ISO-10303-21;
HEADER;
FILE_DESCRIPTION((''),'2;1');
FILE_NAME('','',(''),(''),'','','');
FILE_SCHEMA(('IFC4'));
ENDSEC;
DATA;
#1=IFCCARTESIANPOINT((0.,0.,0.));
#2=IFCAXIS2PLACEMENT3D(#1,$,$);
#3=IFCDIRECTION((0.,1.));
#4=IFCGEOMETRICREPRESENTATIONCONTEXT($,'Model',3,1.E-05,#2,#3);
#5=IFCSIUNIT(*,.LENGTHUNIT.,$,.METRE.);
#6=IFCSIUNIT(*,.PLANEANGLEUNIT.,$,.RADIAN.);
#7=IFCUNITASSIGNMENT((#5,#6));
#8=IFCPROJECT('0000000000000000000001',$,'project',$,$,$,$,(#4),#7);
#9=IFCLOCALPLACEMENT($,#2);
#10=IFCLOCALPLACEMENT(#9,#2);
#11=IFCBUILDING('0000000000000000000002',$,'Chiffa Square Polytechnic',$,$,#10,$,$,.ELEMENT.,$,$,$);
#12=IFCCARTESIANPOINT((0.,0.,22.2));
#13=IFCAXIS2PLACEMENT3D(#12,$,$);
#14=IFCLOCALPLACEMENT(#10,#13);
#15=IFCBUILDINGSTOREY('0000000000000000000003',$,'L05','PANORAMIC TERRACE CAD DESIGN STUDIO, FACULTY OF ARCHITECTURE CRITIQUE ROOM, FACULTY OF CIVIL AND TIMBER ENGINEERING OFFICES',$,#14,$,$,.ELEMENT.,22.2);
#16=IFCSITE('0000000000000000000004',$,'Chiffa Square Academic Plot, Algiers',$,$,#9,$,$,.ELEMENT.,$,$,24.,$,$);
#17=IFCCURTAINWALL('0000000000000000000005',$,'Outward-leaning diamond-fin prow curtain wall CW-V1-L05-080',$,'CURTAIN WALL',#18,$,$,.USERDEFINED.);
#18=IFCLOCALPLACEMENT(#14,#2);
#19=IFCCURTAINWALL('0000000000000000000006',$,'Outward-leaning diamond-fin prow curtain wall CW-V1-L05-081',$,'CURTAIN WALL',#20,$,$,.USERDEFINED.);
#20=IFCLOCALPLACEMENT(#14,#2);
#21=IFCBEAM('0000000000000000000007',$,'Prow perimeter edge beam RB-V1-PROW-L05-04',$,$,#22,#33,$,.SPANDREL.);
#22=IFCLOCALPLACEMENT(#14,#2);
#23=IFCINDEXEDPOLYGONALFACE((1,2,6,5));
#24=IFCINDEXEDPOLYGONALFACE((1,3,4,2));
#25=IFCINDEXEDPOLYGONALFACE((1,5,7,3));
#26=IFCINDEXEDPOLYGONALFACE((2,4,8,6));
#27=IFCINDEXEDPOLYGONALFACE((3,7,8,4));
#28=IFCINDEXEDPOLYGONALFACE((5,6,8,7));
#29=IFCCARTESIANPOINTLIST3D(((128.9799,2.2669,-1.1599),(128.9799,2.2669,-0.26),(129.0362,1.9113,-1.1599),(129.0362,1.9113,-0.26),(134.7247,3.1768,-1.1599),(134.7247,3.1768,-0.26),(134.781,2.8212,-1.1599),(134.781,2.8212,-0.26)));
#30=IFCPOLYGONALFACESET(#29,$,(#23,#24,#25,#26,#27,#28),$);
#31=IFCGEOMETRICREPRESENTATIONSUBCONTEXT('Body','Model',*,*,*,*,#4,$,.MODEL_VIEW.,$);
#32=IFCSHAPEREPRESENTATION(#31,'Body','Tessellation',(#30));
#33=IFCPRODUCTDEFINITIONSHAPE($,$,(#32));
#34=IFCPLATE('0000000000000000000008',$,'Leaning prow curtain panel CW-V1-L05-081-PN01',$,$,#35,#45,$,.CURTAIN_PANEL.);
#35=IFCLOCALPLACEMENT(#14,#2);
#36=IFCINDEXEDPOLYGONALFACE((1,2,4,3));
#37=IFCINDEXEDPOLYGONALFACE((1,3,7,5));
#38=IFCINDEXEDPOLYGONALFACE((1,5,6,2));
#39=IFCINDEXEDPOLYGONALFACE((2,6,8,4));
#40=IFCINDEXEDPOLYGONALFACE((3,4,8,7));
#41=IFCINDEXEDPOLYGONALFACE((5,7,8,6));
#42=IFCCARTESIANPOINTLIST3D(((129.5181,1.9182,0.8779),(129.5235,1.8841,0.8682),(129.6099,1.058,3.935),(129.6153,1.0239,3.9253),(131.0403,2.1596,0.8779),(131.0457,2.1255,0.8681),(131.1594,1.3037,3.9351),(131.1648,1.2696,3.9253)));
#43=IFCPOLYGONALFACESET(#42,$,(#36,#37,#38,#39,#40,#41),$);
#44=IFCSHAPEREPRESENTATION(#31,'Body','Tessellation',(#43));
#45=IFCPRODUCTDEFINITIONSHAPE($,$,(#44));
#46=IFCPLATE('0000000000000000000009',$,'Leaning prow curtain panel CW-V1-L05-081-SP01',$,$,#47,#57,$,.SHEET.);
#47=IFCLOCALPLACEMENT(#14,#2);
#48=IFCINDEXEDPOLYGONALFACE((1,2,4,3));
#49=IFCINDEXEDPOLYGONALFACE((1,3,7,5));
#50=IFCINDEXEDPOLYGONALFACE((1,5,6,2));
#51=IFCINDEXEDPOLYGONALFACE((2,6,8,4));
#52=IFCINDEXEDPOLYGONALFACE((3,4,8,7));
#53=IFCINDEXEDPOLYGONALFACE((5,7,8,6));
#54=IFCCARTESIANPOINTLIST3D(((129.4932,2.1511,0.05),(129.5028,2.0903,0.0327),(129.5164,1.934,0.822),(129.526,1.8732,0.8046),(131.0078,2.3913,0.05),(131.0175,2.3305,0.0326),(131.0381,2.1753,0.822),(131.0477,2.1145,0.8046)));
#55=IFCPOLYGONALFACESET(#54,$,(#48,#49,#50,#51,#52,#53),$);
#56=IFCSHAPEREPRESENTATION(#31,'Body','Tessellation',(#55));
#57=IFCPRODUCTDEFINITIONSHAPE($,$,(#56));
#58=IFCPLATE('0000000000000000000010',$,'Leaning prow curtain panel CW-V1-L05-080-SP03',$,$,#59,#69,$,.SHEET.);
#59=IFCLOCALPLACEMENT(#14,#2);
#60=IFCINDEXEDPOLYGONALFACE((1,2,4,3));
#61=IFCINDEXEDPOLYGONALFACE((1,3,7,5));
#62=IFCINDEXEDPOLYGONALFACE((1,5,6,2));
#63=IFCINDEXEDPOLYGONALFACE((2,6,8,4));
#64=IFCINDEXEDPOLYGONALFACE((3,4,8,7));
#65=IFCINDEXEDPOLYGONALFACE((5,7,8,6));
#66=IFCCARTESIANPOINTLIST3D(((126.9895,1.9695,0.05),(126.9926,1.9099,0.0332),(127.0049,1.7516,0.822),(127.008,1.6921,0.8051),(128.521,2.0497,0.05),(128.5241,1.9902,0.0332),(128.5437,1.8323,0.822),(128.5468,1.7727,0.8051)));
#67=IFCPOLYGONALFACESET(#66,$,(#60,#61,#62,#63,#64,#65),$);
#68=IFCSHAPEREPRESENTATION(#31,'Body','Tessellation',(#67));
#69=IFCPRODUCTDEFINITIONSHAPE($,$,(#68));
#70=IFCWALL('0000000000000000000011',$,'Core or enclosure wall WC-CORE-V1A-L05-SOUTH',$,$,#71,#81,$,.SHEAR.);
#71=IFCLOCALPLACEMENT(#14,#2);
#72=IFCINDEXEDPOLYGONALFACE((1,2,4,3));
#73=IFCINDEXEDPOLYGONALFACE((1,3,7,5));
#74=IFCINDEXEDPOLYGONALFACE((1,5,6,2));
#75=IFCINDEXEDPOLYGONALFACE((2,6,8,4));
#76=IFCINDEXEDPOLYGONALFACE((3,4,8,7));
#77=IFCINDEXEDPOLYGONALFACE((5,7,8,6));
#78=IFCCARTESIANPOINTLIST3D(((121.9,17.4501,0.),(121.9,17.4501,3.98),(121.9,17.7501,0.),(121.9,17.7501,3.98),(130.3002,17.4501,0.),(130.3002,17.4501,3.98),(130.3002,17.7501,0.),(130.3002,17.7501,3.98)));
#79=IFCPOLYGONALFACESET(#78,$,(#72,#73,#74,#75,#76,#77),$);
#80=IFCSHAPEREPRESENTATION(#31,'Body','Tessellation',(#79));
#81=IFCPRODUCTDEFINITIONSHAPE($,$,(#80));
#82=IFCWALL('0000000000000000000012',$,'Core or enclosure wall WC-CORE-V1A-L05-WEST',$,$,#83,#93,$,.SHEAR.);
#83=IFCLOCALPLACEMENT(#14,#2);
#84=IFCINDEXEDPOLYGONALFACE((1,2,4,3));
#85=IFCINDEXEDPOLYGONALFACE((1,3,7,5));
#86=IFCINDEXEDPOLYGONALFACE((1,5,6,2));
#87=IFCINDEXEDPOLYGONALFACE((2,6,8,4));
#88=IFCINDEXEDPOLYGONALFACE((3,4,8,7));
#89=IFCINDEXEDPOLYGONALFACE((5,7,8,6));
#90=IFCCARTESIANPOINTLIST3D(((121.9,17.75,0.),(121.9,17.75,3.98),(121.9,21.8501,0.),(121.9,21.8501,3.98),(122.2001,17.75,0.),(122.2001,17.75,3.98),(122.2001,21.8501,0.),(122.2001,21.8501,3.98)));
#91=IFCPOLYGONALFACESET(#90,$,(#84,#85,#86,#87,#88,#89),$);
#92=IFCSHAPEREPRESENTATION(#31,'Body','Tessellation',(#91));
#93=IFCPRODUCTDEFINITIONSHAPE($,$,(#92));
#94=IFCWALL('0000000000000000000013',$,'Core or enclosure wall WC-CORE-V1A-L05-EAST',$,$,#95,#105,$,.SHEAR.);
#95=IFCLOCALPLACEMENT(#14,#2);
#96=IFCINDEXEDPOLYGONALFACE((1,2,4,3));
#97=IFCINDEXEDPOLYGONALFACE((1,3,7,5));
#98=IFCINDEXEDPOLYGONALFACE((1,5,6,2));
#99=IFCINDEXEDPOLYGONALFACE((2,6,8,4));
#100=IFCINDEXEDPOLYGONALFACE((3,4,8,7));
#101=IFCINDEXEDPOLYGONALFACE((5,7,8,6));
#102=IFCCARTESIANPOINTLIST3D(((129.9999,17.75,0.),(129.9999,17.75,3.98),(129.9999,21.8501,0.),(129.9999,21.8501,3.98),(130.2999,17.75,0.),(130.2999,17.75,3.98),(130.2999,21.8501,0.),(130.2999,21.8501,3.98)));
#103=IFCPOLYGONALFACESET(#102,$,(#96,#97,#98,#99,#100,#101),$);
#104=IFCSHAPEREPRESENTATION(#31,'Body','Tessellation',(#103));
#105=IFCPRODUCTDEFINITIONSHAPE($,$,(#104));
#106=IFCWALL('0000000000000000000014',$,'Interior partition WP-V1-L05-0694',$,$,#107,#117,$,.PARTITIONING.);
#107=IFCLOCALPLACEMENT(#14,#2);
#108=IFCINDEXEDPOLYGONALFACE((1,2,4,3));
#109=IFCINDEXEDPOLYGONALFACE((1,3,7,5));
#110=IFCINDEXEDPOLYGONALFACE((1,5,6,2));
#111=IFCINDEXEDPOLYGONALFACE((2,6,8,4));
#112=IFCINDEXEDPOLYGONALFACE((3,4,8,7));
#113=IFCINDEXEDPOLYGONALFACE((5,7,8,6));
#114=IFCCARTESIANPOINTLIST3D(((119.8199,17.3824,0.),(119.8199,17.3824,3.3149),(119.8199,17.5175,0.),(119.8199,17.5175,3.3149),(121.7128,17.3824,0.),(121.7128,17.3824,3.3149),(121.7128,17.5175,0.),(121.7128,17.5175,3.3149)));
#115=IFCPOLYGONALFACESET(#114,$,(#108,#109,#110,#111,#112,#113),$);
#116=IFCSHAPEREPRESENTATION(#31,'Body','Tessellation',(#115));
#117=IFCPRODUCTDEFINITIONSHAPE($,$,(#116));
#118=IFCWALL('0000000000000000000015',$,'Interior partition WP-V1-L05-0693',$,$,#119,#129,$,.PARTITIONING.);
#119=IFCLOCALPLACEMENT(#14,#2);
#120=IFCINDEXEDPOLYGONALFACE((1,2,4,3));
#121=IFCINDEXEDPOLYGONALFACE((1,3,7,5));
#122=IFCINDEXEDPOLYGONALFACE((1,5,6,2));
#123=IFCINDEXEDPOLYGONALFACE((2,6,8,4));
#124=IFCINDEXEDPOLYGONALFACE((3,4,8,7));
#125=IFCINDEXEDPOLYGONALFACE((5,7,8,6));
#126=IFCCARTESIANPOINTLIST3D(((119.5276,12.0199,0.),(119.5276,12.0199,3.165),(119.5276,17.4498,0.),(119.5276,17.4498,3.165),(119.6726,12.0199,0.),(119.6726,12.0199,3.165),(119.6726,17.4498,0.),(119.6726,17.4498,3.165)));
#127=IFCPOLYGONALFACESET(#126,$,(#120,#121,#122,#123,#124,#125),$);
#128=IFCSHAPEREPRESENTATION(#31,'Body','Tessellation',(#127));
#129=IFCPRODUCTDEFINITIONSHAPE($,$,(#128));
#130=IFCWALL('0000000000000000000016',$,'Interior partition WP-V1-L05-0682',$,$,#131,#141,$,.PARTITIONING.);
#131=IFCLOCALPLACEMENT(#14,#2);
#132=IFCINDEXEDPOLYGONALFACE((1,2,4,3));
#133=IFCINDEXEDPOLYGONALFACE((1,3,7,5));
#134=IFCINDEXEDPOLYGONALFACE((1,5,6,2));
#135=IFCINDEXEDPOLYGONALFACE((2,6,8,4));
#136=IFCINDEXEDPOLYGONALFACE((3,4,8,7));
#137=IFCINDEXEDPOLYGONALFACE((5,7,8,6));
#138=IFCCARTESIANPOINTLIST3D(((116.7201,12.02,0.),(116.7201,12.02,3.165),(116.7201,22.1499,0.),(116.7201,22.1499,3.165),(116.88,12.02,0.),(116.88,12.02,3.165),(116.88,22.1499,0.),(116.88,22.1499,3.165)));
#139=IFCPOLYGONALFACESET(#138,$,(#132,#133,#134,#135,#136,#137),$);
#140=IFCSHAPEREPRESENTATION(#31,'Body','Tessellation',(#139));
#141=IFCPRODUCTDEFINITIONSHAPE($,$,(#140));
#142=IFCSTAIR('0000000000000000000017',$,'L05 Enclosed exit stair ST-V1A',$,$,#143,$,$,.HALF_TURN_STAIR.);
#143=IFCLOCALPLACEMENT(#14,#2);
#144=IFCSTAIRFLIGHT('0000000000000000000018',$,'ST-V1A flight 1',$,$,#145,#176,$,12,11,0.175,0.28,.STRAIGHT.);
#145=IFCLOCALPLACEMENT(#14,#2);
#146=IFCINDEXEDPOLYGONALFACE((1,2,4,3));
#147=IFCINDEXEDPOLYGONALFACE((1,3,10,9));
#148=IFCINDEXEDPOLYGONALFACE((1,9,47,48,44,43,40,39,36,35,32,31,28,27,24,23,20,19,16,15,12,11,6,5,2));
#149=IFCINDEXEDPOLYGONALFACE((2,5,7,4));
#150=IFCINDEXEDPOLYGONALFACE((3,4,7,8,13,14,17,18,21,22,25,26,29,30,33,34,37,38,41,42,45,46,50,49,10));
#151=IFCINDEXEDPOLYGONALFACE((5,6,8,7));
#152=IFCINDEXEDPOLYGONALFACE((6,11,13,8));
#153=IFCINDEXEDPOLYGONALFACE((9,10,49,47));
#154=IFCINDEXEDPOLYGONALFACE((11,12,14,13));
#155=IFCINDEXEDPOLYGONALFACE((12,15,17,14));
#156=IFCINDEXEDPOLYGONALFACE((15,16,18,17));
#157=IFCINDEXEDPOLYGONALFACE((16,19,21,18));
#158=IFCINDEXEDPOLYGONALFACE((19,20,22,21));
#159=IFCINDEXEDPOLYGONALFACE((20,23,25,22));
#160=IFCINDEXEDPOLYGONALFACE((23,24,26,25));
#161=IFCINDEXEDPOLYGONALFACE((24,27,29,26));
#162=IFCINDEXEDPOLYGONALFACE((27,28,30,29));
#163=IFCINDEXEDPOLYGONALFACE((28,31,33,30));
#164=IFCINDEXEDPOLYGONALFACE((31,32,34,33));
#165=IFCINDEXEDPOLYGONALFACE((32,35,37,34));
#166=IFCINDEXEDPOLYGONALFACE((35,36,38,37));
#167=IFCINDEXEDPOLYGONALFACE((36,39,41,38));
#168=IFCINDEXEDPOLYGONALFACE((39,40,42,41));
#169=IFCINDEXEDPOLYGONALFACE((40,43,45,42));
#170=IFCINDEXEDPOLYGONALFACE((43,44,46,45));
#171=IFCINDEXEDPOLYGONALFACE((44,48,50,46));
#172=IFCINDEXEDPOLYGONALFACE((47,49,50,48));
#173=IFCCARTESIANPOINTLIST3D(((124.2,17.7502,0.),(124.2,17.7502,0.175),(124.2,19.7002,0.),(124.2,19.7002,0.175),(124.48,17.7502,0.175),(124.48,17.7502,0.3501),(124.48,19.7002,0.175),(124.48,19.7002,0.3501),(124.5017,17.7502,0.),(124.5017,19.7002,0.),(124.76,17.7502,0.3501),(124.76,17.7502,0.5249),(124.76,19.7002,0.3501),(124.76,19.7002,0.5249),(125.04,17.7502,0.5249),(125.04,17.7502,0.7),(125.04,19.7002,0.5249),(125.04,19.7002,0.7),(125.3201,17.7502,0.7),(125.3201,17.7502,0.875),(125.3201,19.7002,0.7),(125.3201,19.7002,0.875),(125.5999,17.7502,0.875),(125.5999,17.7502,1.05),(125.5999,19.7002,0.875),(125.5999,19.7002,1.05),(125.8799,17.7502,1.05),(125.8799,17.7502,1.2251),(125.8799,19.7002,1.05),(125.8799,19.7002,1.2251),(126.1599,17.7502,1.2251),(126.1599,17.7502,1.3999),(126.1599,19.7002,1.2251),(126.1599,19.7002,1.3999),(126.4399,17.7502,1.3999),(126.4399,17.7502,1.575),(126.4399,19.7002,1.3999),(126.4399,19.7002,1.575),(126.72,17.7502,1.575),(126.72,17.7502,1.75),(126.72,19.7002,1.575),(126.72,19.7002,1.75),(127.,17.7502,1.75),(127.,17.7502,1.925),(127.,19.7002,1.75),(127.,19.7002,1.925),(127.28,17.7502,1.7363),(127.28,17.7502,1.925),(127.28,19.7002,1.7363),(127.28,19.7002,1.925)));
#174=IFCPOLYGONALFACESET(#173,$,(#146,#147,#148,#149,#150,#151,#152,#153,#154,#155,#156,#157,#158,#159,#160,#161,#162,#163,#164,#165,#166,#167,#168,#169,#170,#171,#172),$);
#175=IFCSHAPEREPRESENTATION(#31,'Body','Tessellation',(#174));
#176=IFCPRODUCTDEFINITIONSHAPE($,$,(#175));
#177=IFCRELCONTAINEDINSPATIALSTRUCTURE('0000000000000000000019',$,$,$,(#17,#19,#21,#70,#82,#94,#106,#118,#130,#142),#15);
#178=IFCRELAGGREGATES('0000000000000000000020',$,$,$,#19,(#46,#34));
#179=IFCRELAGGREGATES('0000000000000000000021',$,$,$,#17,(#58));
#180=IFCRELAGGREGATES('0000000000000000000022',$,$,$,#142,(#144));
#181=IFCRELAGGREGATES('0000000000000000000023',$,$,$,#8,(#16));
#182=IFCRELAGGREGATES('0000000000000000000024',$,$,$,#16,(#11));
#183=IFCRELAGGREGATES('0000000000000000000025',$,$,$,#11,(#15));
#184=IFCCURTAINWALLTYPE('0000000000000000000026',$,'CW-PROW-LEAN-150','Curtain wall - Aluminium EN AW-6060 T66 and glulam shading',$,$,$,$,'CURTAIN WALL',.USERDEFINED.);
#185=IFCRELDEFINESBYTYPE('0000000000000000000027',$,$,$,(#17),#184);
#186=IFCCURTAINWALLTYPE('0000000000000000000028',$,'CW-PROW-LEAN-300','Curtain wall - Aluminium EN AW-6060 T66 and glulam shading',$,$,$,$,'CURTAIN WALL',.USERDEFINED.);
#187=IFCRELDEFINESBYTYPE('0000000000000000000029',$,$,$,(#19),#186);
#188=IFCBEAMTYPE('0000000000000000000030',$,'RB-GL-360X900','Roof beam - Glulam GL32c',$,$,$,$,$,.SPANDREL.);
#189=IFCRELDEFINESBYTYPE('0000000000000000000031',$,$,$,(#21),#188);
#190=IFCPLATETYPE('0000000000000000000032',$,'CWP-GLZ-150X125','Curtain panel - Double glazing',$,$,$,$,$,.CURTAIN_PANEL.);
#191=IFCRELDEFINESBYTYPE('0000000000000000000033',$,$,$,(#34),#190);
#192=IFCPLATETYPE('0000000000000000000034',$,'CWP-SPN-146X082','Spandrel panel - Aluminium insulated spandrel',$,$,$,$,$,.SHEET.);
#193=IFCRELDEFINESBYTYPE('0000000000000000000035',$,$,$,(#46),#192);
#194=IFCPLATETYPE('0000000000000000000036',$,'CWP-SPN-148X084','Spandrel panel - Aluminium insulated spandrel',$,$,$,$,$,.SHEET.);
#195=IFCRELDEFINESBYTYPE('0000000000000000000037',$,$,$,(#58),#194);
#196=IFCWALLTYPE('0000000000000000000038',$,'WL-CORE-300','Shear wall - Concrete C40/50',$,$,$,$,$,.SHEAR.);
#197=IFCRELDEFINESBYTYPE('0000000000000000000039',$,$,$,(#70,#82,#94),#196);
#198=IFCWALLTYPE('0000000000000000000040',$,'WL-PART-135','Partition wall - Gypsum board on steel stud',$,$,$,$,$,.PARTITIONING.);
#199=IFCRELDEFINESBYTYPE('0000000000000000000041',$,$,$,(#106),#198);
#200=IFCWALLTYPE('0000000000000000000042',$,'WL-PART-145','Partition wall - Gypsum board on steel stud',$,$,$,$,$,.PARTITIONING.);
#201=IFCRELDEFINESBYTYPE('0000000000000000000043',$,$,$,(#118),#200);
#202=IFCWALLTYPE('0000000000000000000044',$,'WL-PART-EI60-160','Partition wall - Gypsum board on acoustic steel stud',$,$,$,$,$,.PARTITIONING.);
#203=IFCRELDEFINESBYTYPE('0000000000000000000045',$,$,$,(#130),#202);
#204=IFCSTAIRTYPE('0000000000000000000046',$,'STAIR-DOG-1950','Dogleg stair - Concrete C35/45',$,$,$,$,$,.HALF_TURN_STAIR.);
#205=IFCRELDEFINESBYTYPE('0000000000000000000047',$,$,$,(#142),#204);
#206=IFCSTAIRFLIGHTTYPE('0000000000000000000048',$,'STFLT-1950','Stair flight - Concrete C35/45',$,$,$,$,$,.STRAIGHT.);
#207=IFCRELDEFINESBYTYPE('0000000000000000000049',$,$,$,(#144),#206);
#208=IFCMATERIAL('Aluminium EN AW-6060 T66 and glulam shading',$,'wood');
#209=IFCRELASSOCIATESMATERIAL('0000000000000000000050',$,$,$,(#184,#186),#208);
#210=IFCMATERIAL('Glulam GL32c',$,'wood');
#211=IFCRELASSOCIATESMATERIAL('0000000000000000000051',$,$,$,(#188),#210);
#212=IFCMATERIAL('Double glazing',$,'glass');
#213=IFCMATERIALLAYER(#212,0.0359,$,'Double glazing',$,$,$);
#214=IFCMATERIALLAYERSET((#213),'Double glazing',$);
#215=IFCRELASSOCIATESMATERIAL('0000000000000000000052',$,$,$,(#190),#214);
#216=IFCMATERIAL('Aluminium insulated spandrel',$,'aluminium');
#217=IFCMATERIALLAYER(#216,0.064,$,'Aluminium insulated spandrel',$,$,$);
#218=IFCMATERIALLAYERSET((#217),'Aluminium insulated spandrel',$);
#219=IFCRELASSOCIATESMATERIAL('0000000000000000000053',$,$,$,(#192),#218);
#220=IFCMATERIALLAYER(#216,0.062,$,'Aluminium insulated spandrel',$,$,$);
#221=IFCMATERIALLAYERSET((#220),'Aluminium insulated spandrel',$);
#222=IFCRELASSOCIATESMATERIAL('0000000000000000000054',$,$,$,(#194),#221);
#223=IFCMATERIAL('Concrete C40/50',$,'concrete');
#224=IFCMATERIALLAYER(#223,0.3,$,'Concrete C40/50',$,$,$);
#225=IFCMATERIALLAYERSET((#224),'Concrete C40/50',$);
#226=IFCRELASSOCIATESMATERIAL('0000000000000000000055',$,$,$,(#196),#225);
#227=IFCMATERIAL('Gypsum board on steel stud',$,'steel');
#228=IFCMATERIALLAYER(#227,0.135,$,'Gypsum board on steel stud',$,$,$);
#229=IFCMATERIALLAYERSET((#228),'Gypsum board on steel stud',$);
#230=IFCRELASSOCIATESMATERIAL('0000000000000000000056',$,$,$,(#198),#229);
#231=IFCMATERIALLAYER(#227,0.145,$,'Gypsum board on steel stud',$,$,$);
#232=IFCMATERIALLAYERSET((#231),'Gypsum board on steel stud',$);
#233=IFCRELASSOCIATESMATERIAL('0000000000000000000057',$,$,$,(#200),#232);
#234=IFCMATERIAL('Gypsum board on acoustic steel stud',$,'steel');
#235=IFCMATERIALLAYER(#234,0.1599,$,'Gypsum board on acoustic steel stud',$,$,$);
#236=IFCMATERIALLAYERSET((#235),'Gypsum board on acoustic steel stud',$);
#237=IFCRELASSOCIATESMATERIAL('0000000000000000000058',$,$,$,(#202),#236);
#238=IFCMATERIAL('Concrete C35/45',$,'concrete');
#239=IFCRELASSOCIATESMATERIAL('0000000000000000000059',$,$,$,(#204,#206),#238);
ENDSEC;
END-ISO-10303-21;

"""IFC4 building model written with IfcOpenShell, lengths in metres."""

from ifc_helpers import new_model, si_unit, direction, frame, frame_2d, origin, origin_2d, place, context, subcontext, project, spatial, polyline, rectangle, outline, extrude, material, layer, layer_set, material_profile, profile_set, type_object, element, aggregate, save


model = new_model("IFC4")

# Units and contexts
model_context = context("Model", 3, precision=1e-05, world=origin(), true_north=direction((0.0, 1.0)))
body_context = subcontext(model_context, "Body", "Model", "MODEL_VIEW")
ifc_project = project(units=[si_unit("LENGTHUNIT", "METRE"), si_unit("PLANEANGLEUNIT", "RADIAN")], contexts=[model_context])

# Site, building, storey
site_placement = place(None, origin())
site = spatial("IfcSite", under=ifc_project, at=site_placement, Name="Chiffa Square Academic Plot, Algiers", CompositionType="ELEMENT", RefElevation=24.0)
building_placement = place(site_placement, origin())
building = spatial("IfcBuilding", under=site, at=building_placement, Name="Chiffa Square Polytechnic", CompositionType="ELEMENT")
storey_placement = place(building_placement, frame((0.0, 0.0, 22.2)))
storey = spatial("IfcBuildingStorey", under=building, at=storey_placement, Name="L05", Description="PANORAMIC TERRACE CAD DESIGN STUDIO, FACULTY OF ARCHITECTURE CRITIQUE ROOM, FACULTY OF CIVIL AND TIMBER ENGINEERING OFFICES", CompositionType="ELEMENT", Elevation=22.2)

# Shared definitions
ifc_material_1 = material(Name="Glulam GL32c", Category="wood")
ifc_material_2 = material(Name="Concrete C35/45", Category="concrete")

# Shared definitions
ifc_material_3 = material(Name="Concrete C40/50", Category="concrete")

# Curtain walls
ifc_material_4 = material(Name="Aluminium EN AW-6060 T66 and glulam shading", Category="wood")
curtain_wall_type_1 = type_object("IfcCurtainWallType", Name="CW-PROW-LEAN-150", Description="Curtain wall - Aluminium EN AW-6060 T66 and glulam shading", ElementType="CURTAIN WALL", PredefinedType="USERDEFINED", material=ifc_material_4)
curtain_wall_1_placement = place(storey_placement, origin())
curtain_wall_1 = element("IfcCurtainWall", 1, at=curtain_wall_1_placement, inside=storey, type_object=curtain_wall_type_1, Name="Outward-leaning diamond-fin prow curtain wall CW-V1-L05-080", ObjectType="CURTAIN WALL", PredefinedType="USERDEFINED")
curtain_wall_type_2 = type_object("IfcCurtainWallType", Name="CW-PROW-LEAN-300", Description="Curtain wall - Aluminium EN AW-6060 T66 and glulam shading", ElementType="CURTAIN WALL", PredefinedType="USERDEFINED", material=ifc_material_4)
curtain_wall_2_placement = place(storey_placement, origin())
curtain_wall_2 = element("IfcCurtainWall", 2, at=curtain_wall_2_placement, inside=storey, type_object=curtain_wall_type_2, Name="Outward-leaning diamond-fin prow curtain wall CW-V1-L05-081", ObjectType="CURTAIN WALL", PredefinedType="USERDEFINED")

# Beam
ifc_material_profile_1 = material_profile(ifc_material_1, rectangle(XDim=0.3601, YDim=0.8999, at=origin_2d()), Name="GL32c 360x900")
ifc_profile_set_1 = profile_set([ifc_material_profile_1], Name="Glulam GL32c")
beam_type_1 = type_object("IfcBeamType", Name="RB-GL-360X900", Description="Roof beam - Glulam GL32c", PredefinedType="SPANDREL", material=ifc_profile_set_1)
beam_1_placement = place(storey_placement, frame((129.0081, 2.0891, -0.71), z_axis=(0.987688, 0.156437, 0.0), x_axis=(-0.156437, 0.987688, 0.0)))
element("IfcBeam", 3, at=beam_1_placement, inside=storey, type_object=beam_type_1, Name="Prow perimeter edge beam RB-V1-PROW-L05-04", PredefinedType="SPANDREL", context=body_context, shape_type="SweptSolid", body=[
    extrude(rectangle(XDim=0.3601, YDim=0.8999, at=origin_2d()), origin(), (0.0, 0.0, 1.0), 5.8164),
])

# Plates
ifc_material_5 = material(Name="Double glazing", Category="glass")
ifc_layer_1 = layer(ifc_material_5, 0.0359, Name="Double glazing")
ifc_layer_set_1 = layer_set([ifc_layer_1], Name="Double glazing")
plate_type_1 = type_object("IfcPlateType", Name="CWP-GLZ-150X125", Description="Curtain panel - Double glazing", PredefinedType="CURTAIN_PANEL", material=ifc_layer_set_1)
plate_1_placement = place(storey_placement, frame((129.5181, 1.9182, 0.8779), z_axis=(-0.150701, 0.950437, 0.271954), x_axis=(0.987661, 0.156608, -0.000016)))
plate_1 = element("IfcPlate", 4, at=plate_1_placement, type_object=plate_type_1, Name="Leaning prow curtain panel CW-V1-L05-081-PN01", PredefinedType="CURTAIN_PANEL", context=body_context, shape_type="SweptSolid", body=[
    extrude(outline(polyline([(0.0, 0.0), (1.5412, 0.0), (1.5248, -3.1769), (-0.0441, -3.1768), (0.0, 0.0)])), origin(), (0.0, 0.0, -1.0), 0.0359),
])
ifc_material_6 = material(Name="Aluminium insulated spandrel", Category="aluminium")
ifc_layer_2 = layer(ifc_material_6, 0.064, Name="Aluminium insulated spandrel")
ifc_layer_set_2 = layer_set([ifc_layer_2], Name="Aluminium insulated spandrel")
plate_type_2 = type_object("IfcPlateType", Name="CWP-SPN-146X082", Description="Spandrel panel - Aluminium insulated spandrel", PredefinedType="SHEET", material=ifc_layer_set_2)
plate_2_placement = place(storey_placement, frame((129.4932, 2.1511, 0.05), z_axis=(-0.150705, 0.950468, 0.271843), x_axis=(0.987661, 0.156606, -0.000012)))
plate_2 = element("IfcPlate", 5, at=plate_2_placement, type_object=plate_type_2, Name="Leaning prow curtain panel CW-V1-L05-081-SP01", PredefinedType="SHEET", context=body_context, shape_type="SweptSolid", body=[
    extrude(outline(polyline([(0.0, 0.0), (1.5336, 0.0), (1.5296, -0.8022), (-0.0111, -0.8022), (0.0, 0.0)])), origin(), (0.0, 0.0, -1.0), 0.064),
])
aggregate(curtain_wall_2, [plate_2, plate_1])
ifc_layer_3 = layer(ifc_material_6, 0.062, Name="Aluminium insulated spandrel")
ifc_layer_set_3 = layer_set([ifc_layer_3], Name="Aluminium insulated spandrel")
plate_type_3 = type_object("IfcPlateType", Name="CWP-SPN-148X084", Description="Spandrel panel - Aluminium insulated spandrel", PredefinedType="SHEET", material=ifc_layer_set_3)
plate_3_placement = place(storey_placement, frame((126.9895, 1.9695, 0.05), z_axis=(-0.050354, 0.960931, 0.272169), x_axis=(0.99863, 0.052333, -0.000012)))
plate_3 = element("IfcPlate", 6, at=plate_3_placement, type_object=plate_type_3, Name="Leaning prow curtain panel CW-V1-L05-080-SP03", PredefinedType="SHEET", context=body_context, shape_type="SweptSolid", body=[
    extrude(outline(polyline([(0.0, 0.0), (1.5336, 0.0), (1.5449, -0.8023), (0.004, -0.8022), (0.0, 0.0)])), origin(), (0.0, 0.0, -1.0), 0.062),
])
aggregate(curtain_wall_1, [plate_3])

# Walls
ifc_layer_4 = layer(ifc_material_3, 0.3, Name="Concrete C40/50")
ifc_layer_set_4 = layer_set([ifc_layer_4], Name="Concrete C40/50")
wall_type_1 = type_object("IfcWallType", Name="WL-CORE-300", Description="Shear wall - Concrete C40/50", PredefinedType="SHEAR", material=ifc_layer_set_4)
wall_1_placement = place(storey_placement, frame((121.8999, 17.6001, 0.0), z_axis=(0.0, 0.0, 1.0), x_axis=(1.0, 0.0, 0.0)))
element("IfcWall", 7, at=wall_1_placement, inside=storey, type_object=wall_type_1, Name="Core or enclosure wall WC-CORE-V1A-L05-SOUTH", PredefinedType="SHEAR", context=body_context, shape_type="SweptSolid", body=[
    extrude(rectangle(XDim=8.4001, YDim=0.3, at=frame_2d((4.2002, 0.0))), origin(), (0.0, 0.0, 1.0), 3.98),
])
for number, where, z_axis, x_axis, name in (
    (8, (122.05, 17.75, 0.0), (0.0, 0.0, 1.0), (0.0, 1.0, 0.0), "Core or enclosure wall WC-CORE-V1A-L05-WEST"),
    (9, (130.1499, 17.75, 0.0), (0.0, 0.0, 1.0), (0.0, 1.0, 0.0), "Core or enclosure wall WC-CORE-V1A-L05-EAST"),
):
    element("IfcWall", number, at=place(storey_placement, frame(where, z_axis=z_axis, x_axis=x_axis)), inside=storey, type_object=wall_type_1, Name=name, PredefinedType="SHEAR", context=body_context, shape_type="SweptSolid", body=[
        extrude(rectangle(XDim=4.1001, YDim=0.3, at=frame_2d((2.05, 0.0))), origin(), (0.0, 0.0, 1.0), 3.98),
    ])
ifc_material_7 = material(Name="Gypsum board on steel stud", Category="steel")
ifc_layer_5 = layer(ifc_material_7, 0.135, Name="Gypsum board on steel stud")
ifc_layer_set_5 = layer_set([ifc_layer_5], Name="Gypsum board on steel stud")
wall_type_2 = type_object("IfcWallType", Name="WL-PART-135", Description="Partition wall - Gypsum board on steel stud", PredefinedType="PARTITIONING", material=ifc_layer_set_5)
wall_2_placement = place(storey_placement, frame((119.8201, 17.45, 0.0), z_axis=(0.0, 0.0, 1.0), x_axis=(1.0, 0.0, 0.0)))
element("IfcWall", 10, at=wall_2_placement, inside=storey, type_object=wall_type_2, Name="Interior partition WP-V1-L05-0694", PredefinedType="PARTITIONING", context=body_context, shape_type="SweptSolid", body=[
    extrude(rectangle(XDim=1.8928, YDim=0.135, at=frame_2d((0.9463, 0.0))), origin(), (0.0, 0.0, 1.0), 3.3149),
])
ifc_layer_6 = layer(ifc_material_7, 0.145, Name="Gypsum board on steel stud")
ifc_layer_set_6 = layer_set([ifc_layer_6], Name="Gypsum board on steel stud")
wall_type_3 = type_object("IfcWallType", Name="WL-PART-145", Description="Partition wall - Gypsum board on steel stud", PredefinedType="PARTITIONING", material=ifc_layer_set_6)
wall_3_placement = place(storey_placement, frame((119.6001, 12.02, 0.0), z_axis=(0.0, 0.0, 1.0), x_axis=(0.0, 1.0, 0.0)))
element("IfcWall", 11, at=wall_3_placement, inside=storey, type_object=wall_type_3, Name="Interior partition WP-V1-L05-0693", PredefinedType="PARTITIONING", context=body_context, shape_type="SweptSolid", body=[
    extrude(rectangle(XDim=5.4299, YDim=0.145, at=frame_2d((2.7148, 0.0))), origin(), (0.0, 0.0, 1.0), 3.165),
])
ifc_material_8 = material(Name="Gypsum board on acoustic steel stud", Category="steel")
ifc_layer_7 = layer(ifc_material_8, 0.1599, Name="Gypsum board on acoustic steel stud")
ifc_layer_set_7 = layer_set([ifc_layer_7], Name="Gypsum board on acoustic steel stud")
wall_type_4 = type_object("IfcWallType", Name="WL-PART-EI60-160", Description="Partition wall - Gypsum board on acoustic steel stud", PredefinedType="PARTITIONING", material=ifc_layer_set_7)
wall_4_placement = place(storey_placement, frame((116.8, 12.02, 0.0), z_axis=(0.0, 0.0, 1.0), x_axis=(0.0, 1.0, 0.0)))
element("IfcWall", 12, at=wall_4_placement, inside=storey, type_object=wall_type_4, Name="Interior partition WP-V1-L05-0682", PredefinedType="PARTITIONING", context=body_context, shape_type="SweptSolid", body=[
    extrude(rectangle(XDim=10.1299, YDim=0.1599, at=frame_2d((5.0649, 0.0))), origin(), (0.0, 0.0, 1.0), 3.165),
])

# Stair, stair flight
stair_type = type_object("IfcStairType", Name="STAIR-DOG-1950", Description="Dogleg stair - Concrete C35/45", PredefinedType="HALF_TURN_STAIR", material=ifc_material_2)
stair_placement = place(storey_placement, origin())
stair = element("IfcStair", 13, at=stair_placement, inside=storey, type_object=stair_type, Name="L05 Enclosed exit stair ST-V1A", PredefinedType="HALF_TURN_STAIR")
stair_flight_type = type_object("IfcStairFlightType", Name="STFLT-1950", Description="Stair flight - Concrete C35/45", PredefinedType="STRAIGHT", material=ifc_material_2)
stair_flight_placement = place(storey_placement, frame((124.2, 18.7251, 0.0), z_axis=(0.0, 0.0, 1.0), x_axis=(1.0, 0.0, 0.0)))
stair_flight = element("IfcStairFlight", 14, at=stair_flight_placement, type_object=stair_flight_type, Name="ST-V1A flight 1", NumberOfRisers=12, NumberOfTreads=11, PredefinedType="STRAIGHT", RiserHeight=0.175, TreadLength=0.28, context=body_context, shape_type="SweptSolid", body=[
    extrude(outline(polyline([(0.0, 0.0), (0.0, 0.175), (0.28, 0.175), (0.28, 0.3501), (0.5601, 0.3501), (0.5601, 0.5249), (0.8401, 0.5249), (0.8401, 0.7), (1.1201, 0.7), (1.1201, 0.875), (1.3999, 0.875), (1.3999, 1.05), (1.6799, 1.05), (1.6799, 1.2251), (1.96, 1.2251), (1.96, 1.3999), (2.24, 1.3999), (2.24, 1.575), (2.52, 1.575), (2.52, 1.75), (2.8, 1.75), (2.8, 1.925), (3.0801, 1.925), (3.0801, 2.1001), (3.0801, 1.7363), (0.3018, 0.0), (0.0, 0.0)])), frame((0.0, 0.9751, 0.0), z_axis=(0.0, -1.0, 0.0), x_axis=(1.0, 0.0, 0.0)), (0.0, 0.0, 1.0), 1.95),
])
aggregate(stair, [stair_flight])

save(model, "model.ifc")
